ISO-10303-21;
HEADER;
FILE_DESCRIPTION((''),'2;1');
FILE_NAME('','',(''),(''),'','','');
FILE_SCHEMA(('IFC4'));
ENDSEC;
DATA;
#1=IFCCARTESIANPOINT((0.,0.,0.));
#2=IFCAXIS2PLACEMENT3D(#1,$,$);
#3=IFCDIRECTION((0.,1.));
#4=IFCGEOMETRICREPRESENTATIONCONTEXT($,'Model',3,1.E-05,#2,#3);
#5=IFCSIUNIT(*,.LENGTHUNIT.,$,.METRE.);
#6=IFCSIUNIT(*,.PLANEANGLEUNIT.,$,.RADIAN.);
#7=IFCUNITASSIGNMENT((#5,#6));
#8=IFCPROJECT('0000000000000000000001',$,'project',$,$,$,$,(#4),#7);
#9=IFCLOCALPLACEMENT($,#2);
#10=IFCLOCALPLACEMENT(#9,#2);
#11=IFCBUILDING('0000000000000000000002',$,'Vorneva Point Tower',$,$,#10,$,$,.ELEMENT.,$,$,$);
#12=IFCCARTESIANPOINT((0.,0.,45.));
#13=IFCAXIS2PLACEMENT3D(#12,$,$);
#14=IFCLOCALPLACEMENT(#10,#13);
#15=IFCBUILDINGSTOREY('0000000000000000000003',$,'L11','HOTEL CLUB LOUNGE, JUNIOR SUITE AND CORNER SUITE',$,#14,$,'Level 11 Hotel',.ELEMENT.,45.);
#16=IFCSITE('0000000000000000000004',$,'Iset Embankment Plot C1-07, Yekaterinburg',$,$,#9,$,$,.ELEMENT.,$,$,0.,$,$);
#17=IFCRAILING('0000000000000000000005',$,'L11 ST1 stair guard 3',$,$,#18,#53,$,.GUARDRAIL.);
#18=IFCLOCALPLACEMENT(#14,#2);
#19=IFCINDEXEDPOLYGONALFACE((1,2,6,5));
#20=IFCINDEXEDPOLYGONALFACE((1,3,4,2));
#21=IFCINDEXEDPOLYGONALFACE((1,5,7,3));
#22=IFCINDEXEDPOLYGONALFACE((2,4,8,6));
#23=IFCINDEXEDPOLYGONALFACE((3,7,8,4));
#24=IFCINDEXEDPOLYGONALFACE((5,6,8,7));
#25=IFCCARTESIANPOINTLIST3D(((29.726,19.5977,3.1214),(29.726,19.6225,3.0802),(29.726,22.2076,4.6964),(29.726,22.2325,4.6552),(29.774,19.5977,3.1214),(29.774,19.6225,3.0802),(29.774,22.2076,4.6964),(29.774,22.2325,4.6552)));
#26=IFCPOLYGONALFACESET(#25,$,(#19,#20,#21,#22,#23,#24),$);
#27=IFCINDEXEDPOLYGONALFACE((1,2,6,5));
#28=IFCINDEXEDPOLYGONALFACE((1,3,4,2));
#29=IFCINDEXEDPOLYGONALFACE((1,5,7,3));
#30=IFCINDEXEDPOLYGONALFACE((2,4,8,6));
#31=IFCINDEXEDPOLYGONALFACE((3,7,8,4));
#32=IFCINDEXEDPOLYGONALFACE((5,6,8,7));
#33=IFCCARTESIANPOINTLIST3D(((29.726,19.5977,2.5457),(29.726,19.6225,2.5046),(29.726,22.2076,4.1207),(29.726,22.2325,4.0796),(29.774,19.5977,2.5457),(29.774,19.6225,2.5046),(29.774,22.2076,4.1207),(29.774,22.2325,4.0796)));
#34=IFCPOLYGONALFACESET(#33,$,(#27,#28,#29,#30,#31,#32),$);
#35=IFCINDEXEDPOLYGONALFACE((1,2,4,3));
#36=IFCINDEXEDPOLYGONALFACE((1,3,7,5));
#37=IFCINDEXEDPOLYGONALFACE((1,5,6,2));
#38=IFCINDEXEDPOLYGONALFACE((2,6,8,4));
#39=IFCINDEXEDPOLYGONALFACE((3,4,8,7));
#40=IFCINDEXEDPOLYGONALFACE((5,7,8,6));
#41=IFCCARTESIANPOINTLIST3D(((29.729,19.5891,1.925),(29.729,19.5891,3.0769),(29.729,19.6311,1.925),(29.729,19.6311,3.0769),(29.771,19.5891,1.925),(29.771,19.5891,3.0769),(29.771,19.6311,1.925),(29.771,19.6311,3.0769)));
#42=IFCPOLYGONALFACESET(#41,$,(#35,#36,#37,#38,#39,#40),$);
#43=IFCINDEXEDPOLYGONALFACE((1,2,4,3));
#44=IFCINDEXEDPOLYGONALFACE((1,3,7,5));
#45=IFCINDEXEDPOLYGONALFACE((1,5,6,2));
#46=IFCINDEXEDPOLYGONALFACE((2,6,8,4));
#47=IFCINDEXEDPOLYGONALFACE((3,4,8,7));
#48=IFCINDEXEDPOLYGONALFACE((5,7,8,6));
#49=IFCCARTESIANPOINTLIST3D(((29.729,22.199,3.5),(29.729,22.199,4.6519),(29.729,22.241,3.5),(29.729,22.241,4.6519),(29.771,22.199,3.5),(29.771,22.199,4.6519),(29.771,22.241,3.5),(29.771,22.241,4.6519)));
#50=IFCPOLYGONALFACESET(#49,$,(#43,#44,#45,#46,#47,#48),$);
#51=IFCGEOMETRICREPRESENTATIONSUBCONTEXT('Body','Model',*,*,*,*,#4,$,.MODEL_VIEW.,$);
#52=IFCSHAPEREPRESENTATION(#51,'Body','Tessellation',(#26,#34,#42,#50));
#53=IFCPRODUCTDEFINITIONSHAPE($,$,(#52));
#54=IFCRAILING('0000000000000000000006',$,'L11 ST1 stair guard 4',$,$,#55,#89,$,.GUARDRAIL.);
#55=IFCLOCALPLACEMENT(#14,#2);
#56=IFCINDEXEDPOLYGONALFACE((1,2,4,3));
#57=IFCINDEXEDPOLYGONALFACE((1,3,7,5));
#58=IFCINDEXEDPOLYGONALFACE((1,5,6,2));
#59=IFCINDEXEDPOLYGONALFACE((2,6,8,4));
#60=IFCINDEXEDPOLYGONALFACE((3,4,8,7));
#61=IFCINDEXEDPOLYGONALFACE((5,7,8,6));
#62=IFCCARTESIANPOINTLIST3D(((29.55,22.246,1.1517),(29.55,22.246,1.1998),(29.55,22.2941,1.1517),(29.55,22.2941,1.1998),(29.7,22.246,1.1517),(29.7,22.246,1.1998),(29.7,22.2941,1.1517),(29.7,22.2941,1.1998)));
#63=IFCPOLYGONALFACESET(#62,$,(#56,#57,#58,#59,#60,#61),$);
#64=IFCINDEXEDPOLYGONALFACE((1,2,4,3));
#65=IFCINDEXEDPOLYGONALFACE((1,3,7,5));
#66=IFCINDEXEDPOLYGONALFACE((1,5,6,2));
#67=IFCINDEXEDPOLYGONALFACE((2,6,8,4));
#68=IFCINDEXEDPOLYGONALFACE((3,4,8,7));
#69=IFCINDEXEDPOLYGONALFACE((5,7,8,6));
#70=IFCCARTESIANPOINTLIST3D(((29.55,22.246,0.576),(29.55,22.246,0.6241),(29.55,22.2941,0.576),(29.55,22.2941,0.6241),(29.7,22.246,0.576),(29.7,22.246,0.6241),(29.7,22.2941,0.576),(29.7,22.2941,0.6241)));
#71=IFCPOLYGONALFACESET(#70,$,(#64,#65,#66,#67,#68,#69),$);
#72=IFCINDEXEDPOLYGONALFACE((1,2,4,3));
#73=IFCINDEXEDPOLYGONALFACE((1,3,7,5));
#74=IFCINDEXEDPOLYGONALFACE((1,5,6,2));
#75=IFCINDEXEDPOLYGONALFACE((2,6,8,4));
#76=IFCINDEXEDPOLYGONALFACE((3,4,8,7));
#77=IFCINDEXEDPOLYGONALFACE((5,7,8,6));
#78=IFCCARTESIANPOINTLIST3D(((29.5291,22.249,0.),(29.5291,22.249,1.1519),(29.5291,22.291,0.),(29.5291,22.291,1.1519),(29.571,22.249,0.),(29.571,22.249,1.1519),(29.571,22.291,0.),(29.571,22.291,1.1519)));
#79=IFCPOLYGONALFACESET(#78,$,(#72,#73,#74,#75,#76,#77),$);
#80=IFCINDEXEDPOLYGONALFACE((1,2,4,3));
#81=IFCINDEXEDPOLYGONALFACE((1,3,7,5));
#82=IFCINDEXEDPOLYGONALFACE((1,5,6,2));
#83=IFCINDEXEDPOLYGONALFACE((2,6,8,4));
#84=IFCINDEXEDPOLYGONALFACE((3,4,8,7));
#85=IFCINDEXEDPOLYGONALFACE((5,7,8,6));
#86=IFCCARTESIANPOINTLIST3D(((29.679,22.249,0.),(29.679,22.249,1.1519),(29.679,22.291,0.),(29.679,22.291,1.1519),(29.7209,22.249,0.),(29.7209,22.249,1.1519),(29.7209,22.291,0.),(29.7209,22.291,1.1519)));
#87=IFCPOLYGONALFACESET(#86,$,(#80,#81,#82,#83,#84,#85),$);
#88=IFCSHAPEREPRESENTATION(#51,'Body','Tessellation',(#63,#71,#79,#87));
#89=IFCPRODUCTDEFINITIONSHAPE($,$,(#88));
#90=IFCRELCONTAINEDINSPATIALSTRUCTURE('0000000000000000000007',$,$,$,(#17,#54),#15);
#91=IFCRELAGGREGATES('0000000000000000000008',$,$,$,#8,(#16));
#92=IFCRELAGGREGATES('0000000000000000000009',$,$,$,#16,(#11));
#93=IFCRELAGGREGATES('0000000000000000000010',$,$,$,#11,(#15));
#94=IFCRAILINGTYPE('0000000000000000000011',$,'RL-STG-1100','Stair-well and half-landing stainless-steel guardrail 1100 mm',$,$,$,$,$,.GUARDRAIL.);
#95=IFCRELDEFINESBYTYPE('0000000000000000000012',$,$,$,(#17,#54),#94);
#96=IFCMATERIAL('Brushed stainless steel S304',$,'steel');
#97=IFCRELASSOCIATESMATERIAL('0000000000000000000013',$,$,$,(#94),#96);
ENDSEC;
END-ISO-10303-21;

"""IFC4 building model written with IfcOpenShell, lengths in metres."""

from ifc_helpers import new_model, si_unit, direction, frame, origin, origin_2d, place, context, subcontext, project, spatial, rectangle, extrude, material, type_object, element, save


model = new_model("IFC4")

# Units and contexts
model_context = context("Model", 3, precision=1e-05, world=origin(), true_north=direction((0.0, 1.0)))
body_context = subcontext(model_context, "Body", "Model", "MODEL_VIEW")
ifc_project = project(units=[si_unit("LENGTHUNIT", "METRE"), si_unit("PLANEANGLEUNIT", "RADIAN")], contexts=[model_context])

# Site, building, storey
site_placement = place(None, origin())
site = spatial("IfcSite", under=ifc_project, at=site_placement, Name="Iset Embankment Plot C1-07, Yekaterinburg", CompositionType="ELEMENT", RefElevation=0.0)
building_placement = place(site_placement, origin())
building = spatial("IfcBuilding", under=site, at=building_placement, Name="Vorneva Point Tower", CompositionType="ELEMENT")
storey_placement = place(building_placement, frame((0.0, 0.0, 45.0)))
storey = spatial("IfcBuildingStorey", under=building, at=storey_placement, Name="L11", Description="HOTEL CLUB LOUNGE, JUNIOR SUITE AND CORNER SUITE", LongName="Level 11 Hotel", CompositionType="ELEMENT", Elevation=45.0)

# Railings
ifc_material_1 = material(Name="Brushed stainless steel S304", Category="steel")
railing_type_1 = type_object("IfcRailingType", Name="RL-STG-1100", Description="Stair-well and half-landing stainless-steel guardrail 1100 mm", PredefinedType="GUARDRAIL", material=ifc_material_1)
railing_1_placement = place(storey_placement, frame((29.75, 19.6101, 1.925)))
element("IfcRailing", 1, at=railing_1_placement, inside=storey, type_object=railing_type_1, Name="L11 ST1 stair guard 3", PredefinedType="GUARDRAIL", context=body_context, shape_type="SweptSolid", body=[
    extrude(rectangle(XDim=0.0481, YDim=0.0481, at=origin_2d()), frame((0.0, 0.0, 1.1758), z_axis=(0.0, 0.856183, 0.516673), x_axis=(-1.0, 0.0, 0.0)), (0.0, 0.0, 1.0), 3.0483),
    extrude(rectangle(XDim=0.0481, YDim=0.0481, at=origin_2d()), frame((0.0, 0.0, 0.6001), z_axis=(0.0, 0.856183, 0.516673), x_axis=(-1.0, 0.0, 0.0)), (0.0, 0.0, 1.0), 3.0483),
    extrude(rectangle(XDim=0.042, YDim=0.042, at=origin_2d()), origin(), (0.0, 0.0, 1.0), 1.1519),
    extrude(rectangle(XDim=0.042, YDim=0.042, at=origin_2d()), frame((0.0, 2.6099, 1.575)), (0.0, 0.0, 1.0), 1.1519),
])
railing_2_placement = place(storey_placement, frame((29.55, 22.27, 0.0)))
element("IfcRailing", 2, at=railing_2_placement, inside=storey, type_object=railing_type_1, Name="L11 ST1 stair guard 4", PredefinedType="GUARDRAIL", context=body_context, shape_type="SweptSolid", body=[
    extrude(rectangle(XDim=0.0481, YDim=0.0481, at=origin_2d()), frame((0.0, 0.0, 1.1758), z_axis=(1.0, 0.0, 0.0), x_axis=(0.0, 1.0, 0.0)), (0.0, 0.0, 1.0), 0.1499),
    extrude(rectangle(XDim=0.0481, YDim=0.0481, at=origin_2d()), frame((0.0, 0.0, 0.6001), z_axis=(1.0, 0.0, 0.0), x_axis=(0.0, 1.0, 0.0)), (0.0, 0.0, 1.0), 0.1499),
    extrude(rectangle(XDim=0.042, YDim=0.042, at=origin_2d()), origin(), (0.0, 0.0, 1.0), 1.1519),
    extrude(rectangle(XDim=0.042, YDim=0.042, at=origin_2d()), frame((0.1499, 0.0, 0.0)), (0.0, 0.0, 1.0), 1.1519),
])

save(model, "model.ifc")
